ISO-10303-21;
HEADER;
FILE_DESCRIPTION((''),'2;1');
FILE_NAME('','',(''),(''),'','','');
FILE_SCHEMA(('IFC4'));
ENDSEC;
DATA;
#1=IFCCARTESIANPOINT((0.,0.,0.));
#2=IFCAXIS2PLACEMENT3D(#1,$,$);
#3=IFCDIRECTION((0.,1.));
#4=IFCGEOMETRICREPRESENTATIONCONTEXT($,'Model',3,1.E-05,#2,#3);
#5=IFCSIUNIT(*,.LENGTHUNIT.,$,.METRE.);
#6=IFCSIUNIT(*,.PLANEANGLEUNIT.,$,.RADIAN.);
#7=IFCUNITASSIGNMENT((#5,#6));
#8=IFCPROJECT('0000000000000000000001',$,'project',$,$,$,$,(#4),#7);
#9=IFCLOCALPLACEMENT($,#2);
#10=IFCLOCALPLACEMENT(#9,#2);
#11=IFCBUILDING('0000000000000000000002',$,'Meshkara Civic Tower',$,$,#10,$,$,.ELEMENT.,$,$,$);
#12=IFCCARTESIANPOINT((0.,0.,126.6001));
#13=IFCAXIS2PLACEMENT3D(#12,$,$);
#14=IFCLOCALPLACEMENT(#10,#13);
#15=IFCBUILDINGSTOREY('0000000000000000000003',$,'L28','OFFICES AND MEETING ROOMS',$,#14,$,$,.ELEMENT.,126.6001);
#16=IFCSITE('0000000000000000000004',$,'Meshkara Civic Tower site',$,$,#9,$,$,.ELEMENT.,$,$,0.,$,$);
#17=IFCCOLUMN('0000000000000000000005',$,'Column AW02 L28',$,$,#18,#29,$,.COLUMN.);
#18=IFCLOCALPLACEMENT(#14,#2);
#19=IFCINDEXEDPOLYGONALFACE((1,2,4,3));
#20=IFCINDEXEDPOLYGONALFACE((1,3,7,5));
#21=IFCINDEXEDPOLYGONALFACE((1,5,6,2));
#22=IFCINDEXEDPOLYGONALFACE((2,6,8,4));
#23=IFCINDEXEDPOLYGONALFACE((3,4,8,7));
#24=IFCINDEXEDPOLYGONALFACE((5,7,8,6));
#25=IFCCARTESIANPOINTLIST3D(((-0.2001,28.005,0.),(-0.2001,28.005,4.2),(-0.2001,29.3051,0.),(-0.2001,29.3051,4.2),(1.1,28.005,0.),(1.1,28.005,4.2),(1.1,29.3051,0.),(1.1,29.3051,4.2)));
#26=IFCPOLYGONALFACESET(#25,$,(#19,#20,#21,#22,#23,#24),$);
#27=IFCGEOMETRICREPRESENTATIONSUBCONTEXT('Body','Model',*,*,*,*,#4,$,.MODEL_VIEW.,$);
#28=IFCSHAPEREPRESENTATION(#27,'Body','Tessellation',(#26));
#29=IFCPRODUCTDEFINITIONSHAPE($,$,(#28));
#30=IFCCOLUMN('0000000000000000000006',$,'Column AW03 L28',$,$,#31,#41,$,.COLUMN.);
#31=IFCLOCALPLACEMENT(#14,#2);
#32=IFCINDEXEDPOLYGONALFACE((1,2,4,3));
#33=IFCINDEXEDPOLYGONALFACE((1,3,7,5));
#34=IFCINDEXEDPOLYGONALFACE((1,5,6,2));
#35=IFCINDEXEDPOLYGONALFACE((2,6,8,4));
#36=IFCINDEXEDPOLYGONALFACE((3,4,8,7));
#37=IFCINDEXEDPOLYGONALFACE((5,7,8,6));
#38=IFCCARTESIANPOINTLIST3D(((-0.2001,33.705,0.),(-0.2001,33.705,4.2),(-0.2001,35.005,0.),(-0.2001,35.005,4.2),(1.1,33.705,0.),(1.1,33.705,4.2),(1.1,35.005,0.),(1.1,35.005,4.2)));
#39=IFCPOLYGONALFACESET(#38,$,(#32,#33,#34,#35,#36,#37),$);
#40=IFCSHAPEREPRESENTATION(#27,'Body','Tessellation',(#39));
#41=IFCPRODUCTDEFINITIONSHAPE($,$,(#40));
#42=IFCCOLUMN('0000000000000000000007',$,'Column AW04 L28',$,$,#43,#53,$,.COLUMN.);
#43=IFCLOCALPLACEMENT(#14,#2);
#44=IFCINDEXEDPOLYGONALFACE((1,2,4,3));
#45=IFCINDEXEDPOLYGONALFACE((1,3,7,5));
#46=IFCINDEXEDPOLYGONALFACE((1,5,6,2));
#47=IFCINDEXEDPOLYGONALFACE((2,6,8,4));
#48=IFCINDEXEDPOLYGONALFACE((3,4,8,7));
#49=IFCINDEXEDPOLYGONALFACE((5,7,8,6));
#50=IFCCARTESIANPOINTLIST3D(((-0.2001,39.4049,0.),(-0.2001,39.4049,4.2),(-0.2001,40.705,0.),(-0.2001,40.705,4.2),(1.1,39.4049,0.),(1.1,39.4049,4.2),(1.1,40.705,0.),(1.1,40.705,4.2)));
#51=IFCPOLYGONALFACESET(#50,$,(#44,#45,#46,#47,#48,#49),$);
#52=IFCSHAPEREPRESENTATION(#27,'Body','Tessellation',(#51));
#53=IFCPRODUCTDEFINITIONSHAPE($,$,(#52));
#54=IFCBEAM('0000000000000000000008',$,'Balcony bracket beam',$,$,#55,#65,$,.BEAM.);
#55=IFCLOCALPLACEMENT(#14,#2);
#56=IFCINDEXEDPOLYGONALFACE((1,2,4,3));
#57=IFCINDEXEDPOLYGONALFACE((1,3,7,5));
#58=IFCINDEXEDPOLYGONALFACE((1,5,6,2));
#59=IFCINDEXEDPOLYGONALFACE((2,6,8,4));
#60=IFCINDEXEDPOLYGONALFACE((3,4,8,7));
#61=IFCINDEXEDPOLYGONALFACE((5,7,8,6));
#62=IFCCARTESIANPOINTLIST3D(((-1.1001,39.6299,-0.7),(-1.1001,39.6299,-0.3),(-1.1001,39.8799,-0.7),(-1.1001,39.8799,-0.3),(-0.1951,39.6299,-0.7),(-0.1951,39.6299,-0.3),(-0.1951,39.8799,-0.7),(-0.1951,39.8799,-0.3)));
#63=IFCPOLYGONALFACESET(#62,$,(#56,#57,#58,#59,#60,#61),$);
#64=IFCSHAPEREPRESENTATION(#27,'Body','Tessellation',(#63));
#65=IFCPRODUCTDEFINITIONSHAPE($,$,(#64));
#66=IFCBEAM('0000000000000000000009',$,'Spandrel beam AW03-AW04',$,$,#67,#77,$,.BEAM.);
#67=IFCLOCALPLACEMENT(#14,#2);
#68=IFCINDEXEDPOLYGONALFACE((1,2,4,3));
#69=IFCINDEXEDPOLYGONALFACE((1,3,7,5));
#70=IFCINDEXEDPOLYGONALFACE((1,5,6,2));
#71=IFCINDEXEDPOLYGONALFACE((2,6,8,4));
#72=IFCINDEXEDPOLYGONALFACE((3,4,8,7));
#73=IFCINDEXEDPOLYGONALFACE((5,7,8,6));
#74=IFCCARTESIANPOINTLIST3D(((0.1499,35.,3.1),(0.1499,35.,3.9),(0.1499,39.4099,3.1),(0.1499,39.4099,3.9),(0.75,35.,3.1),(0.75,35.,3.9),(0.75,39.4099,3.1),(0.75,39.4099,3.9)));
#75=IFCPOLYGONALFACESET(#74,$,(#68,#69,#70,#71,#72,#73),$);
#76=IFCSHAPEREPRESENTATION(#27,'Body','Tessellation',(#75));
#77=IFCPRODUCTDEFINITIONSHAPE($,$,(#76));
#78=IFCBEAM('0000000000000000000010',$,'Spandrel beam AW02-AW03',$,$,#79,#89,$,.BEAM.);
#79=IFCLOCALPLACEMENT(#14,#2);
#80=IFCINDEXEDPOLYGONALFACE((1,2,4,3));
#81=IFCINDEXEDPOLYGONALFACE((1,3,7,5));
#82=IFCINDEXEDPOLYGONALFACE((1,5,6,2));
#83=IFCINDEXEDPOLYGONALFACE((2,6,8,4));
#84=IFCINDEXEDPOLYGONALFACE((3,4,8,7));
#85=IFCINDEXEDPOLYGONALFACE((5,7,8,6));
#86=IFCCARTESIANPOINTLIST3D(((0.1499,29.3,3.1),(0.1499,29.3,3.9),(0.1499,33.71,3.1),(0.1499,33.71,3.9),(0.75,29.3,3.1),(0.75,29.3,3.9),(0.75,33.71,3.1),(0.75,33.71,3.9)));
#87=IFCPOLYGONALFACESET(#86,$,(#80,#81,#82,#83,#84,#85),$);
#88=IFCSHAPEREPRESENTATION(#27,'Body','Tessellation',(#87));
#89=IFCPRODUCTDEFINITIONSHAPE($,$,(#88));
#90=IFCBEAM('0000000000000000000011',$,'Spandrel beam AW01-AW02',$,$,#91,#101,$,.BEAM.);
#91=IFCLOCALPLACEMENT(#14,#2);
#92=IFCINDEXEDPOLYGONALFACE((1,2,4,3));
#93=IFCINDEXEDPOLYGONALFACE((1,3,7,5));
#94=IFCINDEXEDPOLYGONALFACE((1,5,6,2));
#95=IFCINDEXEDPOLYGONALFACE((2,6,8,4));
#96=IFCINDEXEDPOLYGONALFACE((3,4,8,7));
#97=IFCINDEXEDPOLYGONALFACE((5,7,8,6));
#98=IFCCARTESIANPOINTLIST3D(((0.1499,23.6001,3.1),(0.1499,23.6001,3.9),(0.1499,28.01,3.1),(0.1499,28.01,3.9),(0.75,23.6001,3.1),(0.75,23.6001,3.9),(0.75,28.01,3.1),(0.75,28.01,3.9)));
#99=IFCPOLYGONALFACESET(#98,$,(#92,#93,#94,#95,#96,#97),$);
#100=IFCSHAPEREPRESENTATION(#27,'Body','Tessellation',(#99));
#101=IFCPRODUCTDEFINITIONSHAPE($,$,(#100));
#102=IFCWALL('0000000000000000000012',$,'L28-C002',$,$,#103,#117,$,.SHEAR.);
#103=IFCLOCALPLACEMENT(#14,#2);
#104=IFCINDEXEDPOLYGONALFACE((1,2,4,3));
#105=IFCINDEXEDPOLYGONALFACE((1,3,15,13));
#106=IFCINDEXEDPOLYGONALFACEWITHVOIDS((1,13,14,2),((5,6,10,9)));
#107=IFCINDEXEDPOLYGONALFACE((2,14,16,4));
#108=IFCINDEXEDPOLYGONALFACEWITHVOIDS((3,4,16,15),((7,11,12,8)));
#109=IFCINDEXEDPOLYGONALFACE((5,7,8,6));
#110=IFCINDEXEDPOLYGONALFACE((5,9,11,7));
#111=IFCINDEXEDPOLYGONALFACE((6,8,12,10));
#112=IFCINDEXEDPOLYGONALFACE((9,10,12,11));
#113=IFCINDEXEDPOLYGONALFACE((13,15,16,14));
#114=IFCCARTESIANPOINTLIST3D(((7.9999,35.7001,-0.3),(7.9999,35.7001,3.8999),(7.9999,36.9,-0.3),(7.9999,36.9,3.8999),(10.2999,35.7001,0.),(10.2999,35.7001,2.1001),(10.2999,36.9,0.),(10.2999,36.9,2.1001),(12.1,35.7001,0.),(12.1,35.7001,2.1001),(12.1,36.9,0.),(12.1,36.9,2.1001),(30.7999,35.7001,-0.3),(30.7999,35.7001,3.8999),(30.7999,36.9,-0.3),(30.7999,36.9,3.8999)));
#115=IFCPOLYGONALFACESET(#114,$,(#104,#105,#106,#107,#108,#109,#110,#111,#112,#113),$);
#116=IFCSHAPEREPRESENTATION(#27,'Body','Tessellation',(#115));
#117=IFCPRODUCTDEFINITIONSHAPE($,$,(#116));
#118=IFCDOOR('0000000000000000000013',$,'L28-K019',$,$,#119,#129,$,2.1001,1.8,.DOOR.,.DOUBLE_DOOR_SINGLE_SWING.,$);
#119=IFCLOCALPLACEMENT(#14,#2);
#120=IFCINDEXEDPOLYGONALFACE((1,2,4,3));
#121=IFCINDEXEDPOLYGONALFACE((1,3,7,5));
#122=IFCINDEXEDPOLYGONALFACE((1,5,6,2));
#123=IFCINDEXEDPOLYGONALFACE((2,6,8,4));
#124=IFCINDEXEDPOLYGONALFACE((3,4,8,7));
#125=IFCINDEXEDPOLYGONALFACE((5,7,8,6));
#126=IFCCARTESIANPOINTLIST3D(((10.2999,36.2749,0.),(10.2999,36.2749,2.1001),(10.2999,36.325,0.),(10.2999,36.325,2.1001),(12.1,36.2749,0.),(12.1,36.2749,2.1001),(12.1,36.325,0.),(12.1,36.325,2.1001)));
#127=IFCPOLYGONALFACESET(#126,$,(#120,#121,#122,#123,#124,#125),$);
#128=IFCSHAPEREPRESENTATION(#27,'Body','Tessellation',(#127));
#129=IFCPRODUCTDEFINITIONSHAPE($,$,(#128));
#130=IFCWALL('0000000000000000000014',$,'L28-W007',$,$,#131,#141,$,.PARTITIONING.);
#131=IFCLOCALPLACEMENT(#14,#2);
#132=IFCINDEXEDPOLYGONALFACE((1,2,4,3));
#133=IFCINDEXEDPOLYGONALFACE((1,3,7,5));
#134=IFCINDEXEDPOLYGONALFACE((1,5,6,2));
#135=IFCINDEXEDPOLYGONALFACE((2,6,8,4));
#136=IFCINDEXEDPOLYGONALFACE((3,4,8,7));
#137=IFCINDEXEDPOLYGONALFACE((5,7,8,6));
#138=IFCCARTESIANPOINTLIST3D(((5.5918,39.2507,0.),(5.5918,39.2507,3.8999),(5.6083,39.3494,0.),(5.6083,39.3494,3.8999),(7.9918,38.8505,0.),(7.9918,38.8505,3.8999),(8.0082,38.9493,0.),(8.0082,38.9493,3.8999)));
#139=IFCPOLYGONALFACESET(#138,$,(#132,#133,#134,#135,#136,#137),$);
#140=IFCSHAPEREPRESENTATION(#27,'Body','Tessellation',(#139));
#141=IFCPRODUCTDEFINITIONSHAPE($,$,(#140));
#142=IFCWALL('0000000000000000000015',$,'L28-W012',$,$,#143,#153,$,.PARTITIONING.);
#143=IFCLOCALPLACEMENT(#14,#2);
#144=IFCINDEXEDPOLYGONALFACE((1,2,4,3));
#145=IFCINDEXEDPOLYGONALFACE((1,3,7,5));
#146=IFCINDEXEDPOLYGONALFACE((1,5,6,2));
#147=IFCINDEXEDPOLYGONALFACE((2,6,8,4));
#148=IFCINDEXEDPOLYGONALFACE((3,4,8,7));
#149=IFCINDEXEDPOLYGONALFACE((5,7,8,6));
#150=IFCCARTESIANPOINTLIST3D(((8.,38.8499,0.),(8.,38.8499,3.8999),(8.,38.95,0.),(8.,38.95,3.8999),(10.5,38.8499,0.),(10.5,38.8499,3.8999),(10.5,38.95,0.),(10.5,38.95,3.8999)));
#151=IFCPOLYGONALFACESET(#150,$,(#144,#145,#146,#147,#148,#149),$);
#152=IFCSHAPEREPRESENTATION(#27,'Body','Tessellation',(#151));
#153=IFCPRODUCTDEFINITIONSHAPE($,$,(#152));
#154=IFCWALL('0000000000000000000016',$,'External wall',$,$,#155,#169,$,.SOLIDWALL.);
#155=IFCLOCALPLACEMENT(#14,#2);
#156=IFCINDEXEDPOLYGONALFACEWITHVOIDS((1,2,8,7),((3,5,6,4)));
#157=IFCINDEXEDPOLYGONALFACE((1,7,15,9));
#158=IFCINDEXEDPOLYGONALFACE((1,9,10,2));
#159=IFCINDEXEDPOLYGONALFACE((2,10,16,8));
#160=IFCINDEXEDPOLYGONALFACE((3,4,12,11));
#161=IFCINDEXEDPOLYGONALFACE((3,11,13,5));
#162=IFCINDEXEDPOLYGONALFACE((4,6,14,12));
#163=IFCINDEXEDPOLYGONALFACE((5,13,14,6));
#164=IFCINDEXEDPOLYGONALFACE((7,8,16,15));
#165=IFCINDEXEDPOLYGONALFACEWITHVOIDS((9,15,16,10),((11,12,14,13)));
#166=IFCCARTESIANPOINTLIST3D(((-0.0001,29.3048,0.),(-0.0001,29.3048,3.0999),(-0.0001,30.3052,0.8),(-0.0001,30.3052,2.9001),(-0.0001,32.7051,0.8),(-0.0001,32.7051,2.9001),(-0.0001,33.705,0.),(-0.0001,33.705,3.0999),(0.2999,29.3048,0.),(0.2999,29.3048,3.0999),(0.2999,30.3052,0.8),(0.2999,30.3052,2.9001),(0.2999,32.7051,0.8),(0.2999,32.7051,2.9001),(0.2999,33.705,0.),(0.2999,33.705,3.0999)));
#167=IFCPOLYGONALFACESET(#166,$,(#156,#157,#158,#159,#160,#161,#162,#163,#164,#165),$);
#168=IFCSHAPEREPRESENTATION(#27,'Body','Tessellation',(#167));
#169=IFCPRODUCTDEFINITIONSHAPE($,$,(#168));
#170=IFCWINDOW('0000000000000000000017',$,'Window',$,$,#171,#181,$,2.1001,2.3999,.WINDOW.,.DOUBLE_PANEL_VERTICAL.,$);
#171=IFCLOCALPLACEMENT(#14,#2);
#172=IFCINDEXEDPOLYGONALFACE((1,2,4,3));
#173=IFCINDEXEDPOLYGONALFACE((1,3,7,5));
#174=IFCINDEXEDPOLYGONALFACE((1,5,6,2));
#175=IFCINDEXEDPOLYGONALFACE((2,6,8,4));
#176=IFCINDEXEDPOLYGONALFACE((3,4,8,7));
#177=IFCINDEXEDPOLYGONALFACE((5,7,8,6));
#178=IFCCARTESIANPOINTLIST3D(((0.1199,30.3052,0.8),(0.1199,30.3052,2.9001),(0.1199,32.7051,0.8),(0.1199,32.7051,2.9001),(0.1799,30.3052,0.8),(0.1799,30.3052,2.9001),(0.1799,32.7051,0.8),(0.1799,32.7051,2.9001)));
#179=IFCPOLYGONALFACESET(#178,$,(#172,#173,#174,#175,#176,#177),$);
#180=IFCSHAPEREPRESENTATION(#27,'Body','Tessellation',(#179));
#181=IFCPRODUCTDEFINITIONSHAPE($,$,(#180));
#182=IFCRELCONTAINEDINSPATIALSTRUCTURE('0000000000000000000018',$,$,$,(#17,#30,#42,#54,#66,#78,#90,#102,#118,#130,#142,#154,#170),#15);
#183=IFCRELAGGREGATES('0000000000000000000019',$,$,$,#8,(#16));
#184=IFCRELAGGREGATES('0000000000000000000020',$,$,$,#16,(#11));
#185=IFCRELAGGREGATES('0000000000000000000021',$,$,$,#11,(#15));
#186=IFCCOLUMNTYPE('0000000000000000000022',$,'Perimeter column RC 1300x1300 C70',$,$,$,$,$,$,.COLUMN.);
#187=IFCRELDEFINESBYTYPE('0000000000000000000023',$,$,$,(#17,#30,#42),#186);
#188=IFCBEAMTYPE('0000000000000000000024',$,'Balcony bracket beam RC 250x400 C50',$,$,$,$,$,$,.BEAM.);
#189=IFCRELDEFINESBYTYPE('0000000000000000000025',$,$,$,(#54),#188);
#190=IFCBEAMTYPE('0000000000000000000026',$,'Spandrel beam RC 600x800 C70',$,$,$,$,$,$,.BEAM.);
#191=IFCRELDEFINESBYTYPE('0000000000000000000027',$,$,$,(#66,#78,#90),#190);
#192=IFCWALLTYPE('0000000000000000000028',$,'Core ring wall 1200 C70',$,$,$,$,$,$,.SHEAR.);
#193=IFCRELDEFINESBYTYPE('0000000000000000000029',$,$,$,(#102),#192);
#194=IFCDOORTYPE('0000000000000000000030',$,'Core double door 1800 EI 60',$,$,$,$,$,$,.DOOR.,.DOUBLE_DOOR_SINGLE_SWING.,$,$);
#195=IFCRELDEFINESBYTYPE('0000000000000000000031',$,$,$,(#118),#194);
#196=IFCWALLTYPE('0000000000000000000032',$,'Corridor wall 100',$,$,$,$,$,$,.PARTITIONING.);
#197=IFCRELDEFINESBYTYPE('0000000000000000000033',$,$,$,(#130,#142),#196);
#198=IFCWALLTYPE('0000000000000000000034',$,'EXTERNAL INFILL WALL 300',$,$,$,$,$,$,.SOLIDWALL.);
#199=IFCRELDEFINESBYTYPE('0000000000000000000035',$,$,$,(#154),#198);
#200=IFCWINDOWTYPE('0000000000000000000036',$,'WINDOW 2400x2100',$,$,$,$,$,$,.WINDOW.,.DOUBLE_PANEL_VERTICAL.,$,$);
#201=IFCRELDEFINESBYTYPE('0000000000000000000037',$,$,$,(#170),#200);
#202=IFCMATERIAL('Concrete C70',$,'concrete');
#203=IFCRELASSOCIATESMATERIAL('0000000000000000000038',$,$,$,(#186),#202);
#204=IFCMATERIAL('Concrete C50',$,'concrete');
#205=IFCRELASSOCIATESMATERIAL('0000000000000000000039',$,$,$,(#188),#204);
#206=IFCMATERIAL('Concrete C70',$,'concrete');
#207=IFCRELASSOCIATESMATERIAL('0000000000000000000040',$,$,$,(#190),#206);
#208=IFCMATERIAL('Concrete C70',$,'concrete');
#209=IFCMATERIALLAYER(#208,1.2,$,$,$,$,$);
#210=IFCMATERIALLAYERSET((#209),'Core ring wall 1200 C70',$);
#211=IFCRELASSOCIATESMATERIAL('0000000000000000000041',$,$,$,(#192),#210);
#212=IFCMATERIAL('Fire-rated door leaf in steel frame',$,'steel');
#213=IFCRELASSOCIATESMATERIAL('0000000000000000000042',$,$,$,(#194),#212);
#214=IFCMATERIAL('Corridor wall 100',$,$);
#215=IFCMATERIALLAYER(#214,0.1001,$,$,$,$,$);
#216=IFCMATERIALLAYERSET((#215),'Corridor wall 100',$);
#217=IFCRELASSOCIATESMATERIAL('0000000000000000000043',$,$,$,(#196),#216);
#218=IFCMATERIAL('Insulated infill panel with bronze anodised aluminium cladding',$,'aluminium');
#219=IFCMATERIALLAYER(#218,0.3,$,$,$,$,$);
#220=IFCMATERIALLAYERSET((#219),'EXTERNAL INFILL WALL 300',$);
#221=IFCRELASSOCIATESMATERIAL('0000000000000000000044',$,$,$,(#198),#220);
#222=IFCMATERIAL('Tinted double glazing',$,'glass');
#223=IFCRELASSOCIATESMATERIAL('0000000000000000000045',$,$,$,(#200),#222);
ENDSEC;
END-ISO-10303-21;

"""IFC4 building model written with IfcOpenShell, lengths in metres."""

from ifc_helpers import new_model, si_unit, direction, frame, frame_2d, origin, origin_2d, place, context, subcontext, project, spatial, rectangle, extrude, material, layer, layer_set, material_profile, profile_set, type_object, element, fill, save


model = new_model("IFC4")

# Units and contexts
model_context = context("Model", 3, precision=1e-05, world=origin(), true_north=direction((0.0, 1.0)))
body_context = subcontext(model_context, "Body", "Model", "MODEL_VIEW")
ifc_project = project(units=[si_unit("LENGTHUNIT", "METRE"), si_unit("PLANEANGLEUNIT", "RADIAN")], contexts=[model_context])

# Site, building, storey
site_placement = place(None, origin())
site = spatial("IfcSite", under=ifc_project, at=site_placement, Name="Meshkara Civic Tower site", CompositionType="ELEMENT", RefElevation=0.0)
building_placement = place(site_placement, origin())
building = spatial("IfcBuilding", under=site, at=building_placement, Name="Meshkara Civic Tower", CompositionType="ELEMENT")
storey_placement = place(building_placement, frame((0.0, 0.0, 126.6001)))
storey = spatial("IfcBuildingStorey", under=building, at=storey_placement, Name="L28", Description="OFFICES AND MEETING ROOMS", CompositionType="ELEMENT", Elevation=126.6001)

# Columns
ifc_material_1 = material(Name="Concrete C70", Category="concrete")
ifc_material_profile_1 = material_profile(ifc_material_1, rectangle(XDim=1.3, YDim=1.3, at=origin_2d()))
ifc_profile_set_1 = profile_set([ifc_material_profile_1], Name="Concrete C70")
column_type = type_object("IfcColumnType", Name="Perimeter column RC 1300x1300 C70", PredefinedType="COLUMN", material=ifc_profile_set_1)
for number, where, z_axis, x_axis, name in (
    (1, (0.45, 28.655, 0.0), (0.0, 0.0, 1.0), (1.0, 0.0, 0.0), "Column AW02 L28"),
    (2, (0.45, 34.355, 0.0), (0.0, 0.0, 1.0), (1.0, 0.0, 0.0), "Column AW03 L28"),
    (3, (0.45, 40.0549, 0.0), (0.0, 0.0, 1.0), (1.0, 0.0, 0.0), "Column AW04 L28"),
):
    element("IfcColumn", number, at=place(storey_placement, frame(where, z_axis=z_axis, x_axis=x_axis)), inside=storey, type_object=column_type, Name=name, PredefinedType="COLUMN", context=body_context, shape_type="SweptSolid", body=[
        extrude(rectangle(XDim=1.3, YDim=1.3, at=origin_2d()), origin(), (0.0, 0.0, 1.0), 4.2),
    ])

# Beams
ifc_material_2 = material(Name="Concrete C50", Category="concrete")
ifc_material_profile_2 = material_profile(ifc_material_2, rectangle(XDim=0.25, YDim=0.3999, at=origin_2d()))
ifc_profile_set_2 = profile_set([ifc_material_profile_2], Name="Concrete C50")
beam_type_1 = type_object("IfcBeamType", Name="Balcony bracket beam RC 250x400 C50", PredefinedType="BEAM", material=ifc_profile_set_2)
beam_placement = place(storey_placement, frame((-0.1951, 39.7549, -0.5), z_axis=(-1.0, 0.0, 0.0), x_axis=(0.0, -1.0, 0.0)))
element("IfcBeam", 4, at=beam_placement, inside=storey, type_object=beam_type_1, Name="Balcony bracket beam", PredefinedType="BEAM", context=body_context, shape_type="SweptSolid", body=[
    extrude(rectangle(XDim=0.25, YDim=0.3999, at=origin_2d()), origin(), (0.0, 0.0, 1.0), 0.905),
])
ifc_material_3 = material(Name="Concrete C70", Category="concrete")
ifc_material_profile_3 = material_profile(ifc_material_3, rectangle(XDim=0.6001, YDim=0.8, at=origin_2d()))
ifc_profile_set_3 = profile_set([ifc_material_profile_3], Name="Concrete C70")
beam_type_2 = type_object("IfcBeamType", Name="Spandrel beam RC 600x800 C70", PredefinedType="BEAM", material=ifc_profile_set_3)
for number, where, z_axis, x_axis, name in (
    (5, (0.45, 39.4099, 3.5), (0.0, -1.0, 0.0), (1.0, 0.0, 0.0), "Spandrel beam AW03-AW04"),
    (6, (0.45, 33.71, 3.5), (0.0, -1.0, 0.0), (1.0, 0.0, 0.0), "Spandrel beam AW02-AW03"),
    (7, (0.45, 28.01, 3.5), (0.0, -1.0, 0.0), (1.0, 0.0, 0.0), "Spandrel beam AW01-AW02"),
):
    element("IfcBeam", number, at=place(storey_placement, frame(where, z_axis=z_axis, x_axis=x_axis)), inside=storey, type_object=beam_type_2, Name=name, PredefinedType="BEAM", context=body_context, shape_type="SweptSolid", body=[
        extrude(rectangle(XDim=0.6001, YDim=0.8, at=origin_2d()), origin(), (0.0, 0.0, 1.0), 4.4099),
    ])

# Wall, opening, door
ifc_material_4 = material(Name="Concrete C70", Category="concrete")
ifc_layer_1 = layer(ifc_material_4, 1.2)
ifc_layer_set_1 = layer_set([ifc_layer_1], Name="Core ring wall 1200 C70")
wall_type_1 = type_object("IfcWallType", Name="Core ring wall 1200 C70", PredefinedType="SHEAR", material=ifc_layer_set_1)
wall_1_placement = place(storey_placement, frame((8.0, 36.3, -0.3), z_axis=(0.0, 0.0, 1.0), x_axis=(1.0, 0.0, 0.0)))
wall_1 = element("IfcWall", 8, at=wall_1_placement, inside=storey, type_object=wall_type_1, Name="L28-C002", PredefinedType="SHEAR", context=body_context, shape_type="SweptSolid", body=[
    extrude(rectangle(XDim=22.8, YDim=1.2, at=frame_2d((11.3999, 0.0))), origin(), (0.0, 0.0, 1.0), 4.2),
])
opening_1_placement = place(wall_1_placement, frame((2.3, 0.0, 0.3)))
opening_1 = element("IfcOpeningElement", 9, at=opening_1_placement, cuts=wall_1, PredefinedType="OPENING", context=body_context, shape_type="SweptSolid", body=[
    extrude(rectangle(XDim=1.8, YDim=2.1001, at=frame_2d((0.8999, 1.05))), frame((0.0, 0.6099, 0.0), z_axis=(0.0, -1.0, 0.0), x_axis=(1.0, 0.0, 0.0)), (0.0, 0.0, 1.0), 1.22),
])
ifc_material_5 = material(Name="Fire-rated door leaf in steel frame", Category="steel")
door_type_1 = type_object("IfcDoorType", Name="Core double door 1800 EI 60", OperationType="DOUBLE_DOOR_SINGLE_SWING", PredefinedType="DOOR", material=ifc_material_5)
door_1_placement = place(opening_1_placement, origin())
door_1 = element("IfcDoor", 10, at=door_1_placement, inside=storey, type_object=door_type_1, Name="L28-K019", OperationType="DOUBLE_DOOR_SINGLE_SWING", OverallHeight=2.1001, OverallWidth=1.8, PredefinedType="DOOR", context=body_context, shape_type="SweptSolid", body=[
    extrude(rectangle(XDim=1.8, YDim=2.1001, at=frame_2d((0.8999, 1.05))), frame((0.0, 0.0249, 0.0), z_axis=(0.0, -1.0, 0.0), x_axis=(1.0, 0.0, 0.0)), (0.0, 0.0, 1.0), 0.05),
])
fill(opening_1, door_1)

# Walls
ifc_material_6 = material(Name="Corridor wall 100")
ifc_layer_2 = layer(ifc_material_6, 0.1001)
ifc_layer_set_2 = layer_set([ifc_layer_2], Name="Corridor wall 100")
wall_type_2 = type_object("IfcWallType", Name="Corridor wall 100", PredefinedType="PARTITIONING", material=ifc_layer_set_2)
wall_2_placement = place(storey_placement, frame((8.0, 38.8999, 0.0), z_axis=(0.0, 0.0, 1.0), x_axis=(-0.986383, 0.164464, 0.0)))
element("IfcWall", 11, at=wall_2_placement, inside=storey, type_object=wall_type_2, Name="L28-W007", PredefinedType="PARTITIONING", context=body_context, shape_type="SweptSolid", body=[
    extrude(rectangle(XDim=2.4331, YDim=0.1001, at=frame_2d((1.2166, 0.0))), origin(), (0.0, 0.0, 1.0), 3.8999),
])
wall_3_placement = place(storey_placement, frame((10.5, 38.8999, 0.0), z_axis=(0.0, 0.0, 1.0), x_axis=(-1.0, 0.0, 0.0)))
element("IfcWall", 12, at=wall_3_placement, inside=storey, type_object=wall_type_2, Name="L28-W012", PredefinedType="PARTITIONING", context=body_context, shape_type="SweptSolid", body=[
    extrude(rectangle(XDim=2.5, YDim=0.1001, at=frame_2d((1.25, 0.0))), origin(), (0.0, 0.0, 1.0), 3.8999),
])

# Wall, opening, window
ifc_material_7 = material(Name="Insulated infill panel with bronze anodised aluminium cladding", Category="aluminium")
ifc_layer_3 = layer(ifc_material_7, 0.3)
ifc_layer_set_3 = layer_set([ifc_layer_3], Name="EXTERNAL INFILL WALL 300")
wall_type_3 = type_object("IfcWallType", Name="EXTERNAL INFILL WALL 300", PredefinedType="SOLIDWALL", material=ifc_layer_set_3)
wall_4_placement = place(storey_placement, frame((0.1499, 33.7051, 0.0), z_axis=(0.0, 0.0, 1.0), x_axis=(0.0, -1.0, 0.0)))
wall_4 = element("IfcWall", 13, at=wall_4_placement, inside=storey, type_object=wall_type_3, Name="External wall", PredefinedType="SOLIDWALL", context=body_context, shape_type="SweptSolid", body=[
    extrude(rectangle(XDim=4.4001, YDim=0.3, at=frame_2d((2.2002, 0.0))), origin(), (0.0, 0.0, 1.0), 3.0999),
])
opening_2_placement = place(wall_4_placement, frame((1.0, 0.0, 0.8)))
opening_2 = element("IfcOpeningElement", 14, at=opening_2_placement, cuts=wall_4, PredefinedType="OPENING", context=body_context, shape_type="SweptSolid", body=[
    extrude(rectangle(XDim=2.3999, YDim=2.1001, at=frame_2d((1.2, 1.05))), frame((0.0, 0.1599, 0.0), z_axis=(0.0, -1.0, 0.0), x_axis=(1.0, 0.0, 0.0)), (0.0, 0.0, 1.0), 0.3201),
])
ifc_material_8 = material(Name="Tinted double glazing", Category="glass")
window_type = type_object("IfcWindowType", Name="WINDOW 2400x2100", PartitioningType="DOUBLE_PANEL_VERTICAL", PredefinedType="WINDOW", material=ifc_material_8)
window_1_placement = place(opening_2_placement, origin())
window_1 = element("IfcWindow", 15, at=window_1_placement, inside=storey, type_object=window_type, Name="Window", OverallHeight=2.1001, OverallWidth=2.3999, PartitioningType="DOUBLE_PANEL_VERTICAL", PredefinedType="WINDOW", context=body_context, shape_type="SweptSolid", body=[
    extrude(rectangle(XDim=2.3999, YDim=2.1001, at=frame_2d((1.2, 1.05))), frame((0.0, 0.03, 0.0), z_axis=(0.0, -1.0, 0.0), x_axis=(1.0, 0.0, 0.0)), (0.0, 0.0, 1.0), 0.0601),
])
fill(opening_2, window_1)

save(model, "model.ifc")
